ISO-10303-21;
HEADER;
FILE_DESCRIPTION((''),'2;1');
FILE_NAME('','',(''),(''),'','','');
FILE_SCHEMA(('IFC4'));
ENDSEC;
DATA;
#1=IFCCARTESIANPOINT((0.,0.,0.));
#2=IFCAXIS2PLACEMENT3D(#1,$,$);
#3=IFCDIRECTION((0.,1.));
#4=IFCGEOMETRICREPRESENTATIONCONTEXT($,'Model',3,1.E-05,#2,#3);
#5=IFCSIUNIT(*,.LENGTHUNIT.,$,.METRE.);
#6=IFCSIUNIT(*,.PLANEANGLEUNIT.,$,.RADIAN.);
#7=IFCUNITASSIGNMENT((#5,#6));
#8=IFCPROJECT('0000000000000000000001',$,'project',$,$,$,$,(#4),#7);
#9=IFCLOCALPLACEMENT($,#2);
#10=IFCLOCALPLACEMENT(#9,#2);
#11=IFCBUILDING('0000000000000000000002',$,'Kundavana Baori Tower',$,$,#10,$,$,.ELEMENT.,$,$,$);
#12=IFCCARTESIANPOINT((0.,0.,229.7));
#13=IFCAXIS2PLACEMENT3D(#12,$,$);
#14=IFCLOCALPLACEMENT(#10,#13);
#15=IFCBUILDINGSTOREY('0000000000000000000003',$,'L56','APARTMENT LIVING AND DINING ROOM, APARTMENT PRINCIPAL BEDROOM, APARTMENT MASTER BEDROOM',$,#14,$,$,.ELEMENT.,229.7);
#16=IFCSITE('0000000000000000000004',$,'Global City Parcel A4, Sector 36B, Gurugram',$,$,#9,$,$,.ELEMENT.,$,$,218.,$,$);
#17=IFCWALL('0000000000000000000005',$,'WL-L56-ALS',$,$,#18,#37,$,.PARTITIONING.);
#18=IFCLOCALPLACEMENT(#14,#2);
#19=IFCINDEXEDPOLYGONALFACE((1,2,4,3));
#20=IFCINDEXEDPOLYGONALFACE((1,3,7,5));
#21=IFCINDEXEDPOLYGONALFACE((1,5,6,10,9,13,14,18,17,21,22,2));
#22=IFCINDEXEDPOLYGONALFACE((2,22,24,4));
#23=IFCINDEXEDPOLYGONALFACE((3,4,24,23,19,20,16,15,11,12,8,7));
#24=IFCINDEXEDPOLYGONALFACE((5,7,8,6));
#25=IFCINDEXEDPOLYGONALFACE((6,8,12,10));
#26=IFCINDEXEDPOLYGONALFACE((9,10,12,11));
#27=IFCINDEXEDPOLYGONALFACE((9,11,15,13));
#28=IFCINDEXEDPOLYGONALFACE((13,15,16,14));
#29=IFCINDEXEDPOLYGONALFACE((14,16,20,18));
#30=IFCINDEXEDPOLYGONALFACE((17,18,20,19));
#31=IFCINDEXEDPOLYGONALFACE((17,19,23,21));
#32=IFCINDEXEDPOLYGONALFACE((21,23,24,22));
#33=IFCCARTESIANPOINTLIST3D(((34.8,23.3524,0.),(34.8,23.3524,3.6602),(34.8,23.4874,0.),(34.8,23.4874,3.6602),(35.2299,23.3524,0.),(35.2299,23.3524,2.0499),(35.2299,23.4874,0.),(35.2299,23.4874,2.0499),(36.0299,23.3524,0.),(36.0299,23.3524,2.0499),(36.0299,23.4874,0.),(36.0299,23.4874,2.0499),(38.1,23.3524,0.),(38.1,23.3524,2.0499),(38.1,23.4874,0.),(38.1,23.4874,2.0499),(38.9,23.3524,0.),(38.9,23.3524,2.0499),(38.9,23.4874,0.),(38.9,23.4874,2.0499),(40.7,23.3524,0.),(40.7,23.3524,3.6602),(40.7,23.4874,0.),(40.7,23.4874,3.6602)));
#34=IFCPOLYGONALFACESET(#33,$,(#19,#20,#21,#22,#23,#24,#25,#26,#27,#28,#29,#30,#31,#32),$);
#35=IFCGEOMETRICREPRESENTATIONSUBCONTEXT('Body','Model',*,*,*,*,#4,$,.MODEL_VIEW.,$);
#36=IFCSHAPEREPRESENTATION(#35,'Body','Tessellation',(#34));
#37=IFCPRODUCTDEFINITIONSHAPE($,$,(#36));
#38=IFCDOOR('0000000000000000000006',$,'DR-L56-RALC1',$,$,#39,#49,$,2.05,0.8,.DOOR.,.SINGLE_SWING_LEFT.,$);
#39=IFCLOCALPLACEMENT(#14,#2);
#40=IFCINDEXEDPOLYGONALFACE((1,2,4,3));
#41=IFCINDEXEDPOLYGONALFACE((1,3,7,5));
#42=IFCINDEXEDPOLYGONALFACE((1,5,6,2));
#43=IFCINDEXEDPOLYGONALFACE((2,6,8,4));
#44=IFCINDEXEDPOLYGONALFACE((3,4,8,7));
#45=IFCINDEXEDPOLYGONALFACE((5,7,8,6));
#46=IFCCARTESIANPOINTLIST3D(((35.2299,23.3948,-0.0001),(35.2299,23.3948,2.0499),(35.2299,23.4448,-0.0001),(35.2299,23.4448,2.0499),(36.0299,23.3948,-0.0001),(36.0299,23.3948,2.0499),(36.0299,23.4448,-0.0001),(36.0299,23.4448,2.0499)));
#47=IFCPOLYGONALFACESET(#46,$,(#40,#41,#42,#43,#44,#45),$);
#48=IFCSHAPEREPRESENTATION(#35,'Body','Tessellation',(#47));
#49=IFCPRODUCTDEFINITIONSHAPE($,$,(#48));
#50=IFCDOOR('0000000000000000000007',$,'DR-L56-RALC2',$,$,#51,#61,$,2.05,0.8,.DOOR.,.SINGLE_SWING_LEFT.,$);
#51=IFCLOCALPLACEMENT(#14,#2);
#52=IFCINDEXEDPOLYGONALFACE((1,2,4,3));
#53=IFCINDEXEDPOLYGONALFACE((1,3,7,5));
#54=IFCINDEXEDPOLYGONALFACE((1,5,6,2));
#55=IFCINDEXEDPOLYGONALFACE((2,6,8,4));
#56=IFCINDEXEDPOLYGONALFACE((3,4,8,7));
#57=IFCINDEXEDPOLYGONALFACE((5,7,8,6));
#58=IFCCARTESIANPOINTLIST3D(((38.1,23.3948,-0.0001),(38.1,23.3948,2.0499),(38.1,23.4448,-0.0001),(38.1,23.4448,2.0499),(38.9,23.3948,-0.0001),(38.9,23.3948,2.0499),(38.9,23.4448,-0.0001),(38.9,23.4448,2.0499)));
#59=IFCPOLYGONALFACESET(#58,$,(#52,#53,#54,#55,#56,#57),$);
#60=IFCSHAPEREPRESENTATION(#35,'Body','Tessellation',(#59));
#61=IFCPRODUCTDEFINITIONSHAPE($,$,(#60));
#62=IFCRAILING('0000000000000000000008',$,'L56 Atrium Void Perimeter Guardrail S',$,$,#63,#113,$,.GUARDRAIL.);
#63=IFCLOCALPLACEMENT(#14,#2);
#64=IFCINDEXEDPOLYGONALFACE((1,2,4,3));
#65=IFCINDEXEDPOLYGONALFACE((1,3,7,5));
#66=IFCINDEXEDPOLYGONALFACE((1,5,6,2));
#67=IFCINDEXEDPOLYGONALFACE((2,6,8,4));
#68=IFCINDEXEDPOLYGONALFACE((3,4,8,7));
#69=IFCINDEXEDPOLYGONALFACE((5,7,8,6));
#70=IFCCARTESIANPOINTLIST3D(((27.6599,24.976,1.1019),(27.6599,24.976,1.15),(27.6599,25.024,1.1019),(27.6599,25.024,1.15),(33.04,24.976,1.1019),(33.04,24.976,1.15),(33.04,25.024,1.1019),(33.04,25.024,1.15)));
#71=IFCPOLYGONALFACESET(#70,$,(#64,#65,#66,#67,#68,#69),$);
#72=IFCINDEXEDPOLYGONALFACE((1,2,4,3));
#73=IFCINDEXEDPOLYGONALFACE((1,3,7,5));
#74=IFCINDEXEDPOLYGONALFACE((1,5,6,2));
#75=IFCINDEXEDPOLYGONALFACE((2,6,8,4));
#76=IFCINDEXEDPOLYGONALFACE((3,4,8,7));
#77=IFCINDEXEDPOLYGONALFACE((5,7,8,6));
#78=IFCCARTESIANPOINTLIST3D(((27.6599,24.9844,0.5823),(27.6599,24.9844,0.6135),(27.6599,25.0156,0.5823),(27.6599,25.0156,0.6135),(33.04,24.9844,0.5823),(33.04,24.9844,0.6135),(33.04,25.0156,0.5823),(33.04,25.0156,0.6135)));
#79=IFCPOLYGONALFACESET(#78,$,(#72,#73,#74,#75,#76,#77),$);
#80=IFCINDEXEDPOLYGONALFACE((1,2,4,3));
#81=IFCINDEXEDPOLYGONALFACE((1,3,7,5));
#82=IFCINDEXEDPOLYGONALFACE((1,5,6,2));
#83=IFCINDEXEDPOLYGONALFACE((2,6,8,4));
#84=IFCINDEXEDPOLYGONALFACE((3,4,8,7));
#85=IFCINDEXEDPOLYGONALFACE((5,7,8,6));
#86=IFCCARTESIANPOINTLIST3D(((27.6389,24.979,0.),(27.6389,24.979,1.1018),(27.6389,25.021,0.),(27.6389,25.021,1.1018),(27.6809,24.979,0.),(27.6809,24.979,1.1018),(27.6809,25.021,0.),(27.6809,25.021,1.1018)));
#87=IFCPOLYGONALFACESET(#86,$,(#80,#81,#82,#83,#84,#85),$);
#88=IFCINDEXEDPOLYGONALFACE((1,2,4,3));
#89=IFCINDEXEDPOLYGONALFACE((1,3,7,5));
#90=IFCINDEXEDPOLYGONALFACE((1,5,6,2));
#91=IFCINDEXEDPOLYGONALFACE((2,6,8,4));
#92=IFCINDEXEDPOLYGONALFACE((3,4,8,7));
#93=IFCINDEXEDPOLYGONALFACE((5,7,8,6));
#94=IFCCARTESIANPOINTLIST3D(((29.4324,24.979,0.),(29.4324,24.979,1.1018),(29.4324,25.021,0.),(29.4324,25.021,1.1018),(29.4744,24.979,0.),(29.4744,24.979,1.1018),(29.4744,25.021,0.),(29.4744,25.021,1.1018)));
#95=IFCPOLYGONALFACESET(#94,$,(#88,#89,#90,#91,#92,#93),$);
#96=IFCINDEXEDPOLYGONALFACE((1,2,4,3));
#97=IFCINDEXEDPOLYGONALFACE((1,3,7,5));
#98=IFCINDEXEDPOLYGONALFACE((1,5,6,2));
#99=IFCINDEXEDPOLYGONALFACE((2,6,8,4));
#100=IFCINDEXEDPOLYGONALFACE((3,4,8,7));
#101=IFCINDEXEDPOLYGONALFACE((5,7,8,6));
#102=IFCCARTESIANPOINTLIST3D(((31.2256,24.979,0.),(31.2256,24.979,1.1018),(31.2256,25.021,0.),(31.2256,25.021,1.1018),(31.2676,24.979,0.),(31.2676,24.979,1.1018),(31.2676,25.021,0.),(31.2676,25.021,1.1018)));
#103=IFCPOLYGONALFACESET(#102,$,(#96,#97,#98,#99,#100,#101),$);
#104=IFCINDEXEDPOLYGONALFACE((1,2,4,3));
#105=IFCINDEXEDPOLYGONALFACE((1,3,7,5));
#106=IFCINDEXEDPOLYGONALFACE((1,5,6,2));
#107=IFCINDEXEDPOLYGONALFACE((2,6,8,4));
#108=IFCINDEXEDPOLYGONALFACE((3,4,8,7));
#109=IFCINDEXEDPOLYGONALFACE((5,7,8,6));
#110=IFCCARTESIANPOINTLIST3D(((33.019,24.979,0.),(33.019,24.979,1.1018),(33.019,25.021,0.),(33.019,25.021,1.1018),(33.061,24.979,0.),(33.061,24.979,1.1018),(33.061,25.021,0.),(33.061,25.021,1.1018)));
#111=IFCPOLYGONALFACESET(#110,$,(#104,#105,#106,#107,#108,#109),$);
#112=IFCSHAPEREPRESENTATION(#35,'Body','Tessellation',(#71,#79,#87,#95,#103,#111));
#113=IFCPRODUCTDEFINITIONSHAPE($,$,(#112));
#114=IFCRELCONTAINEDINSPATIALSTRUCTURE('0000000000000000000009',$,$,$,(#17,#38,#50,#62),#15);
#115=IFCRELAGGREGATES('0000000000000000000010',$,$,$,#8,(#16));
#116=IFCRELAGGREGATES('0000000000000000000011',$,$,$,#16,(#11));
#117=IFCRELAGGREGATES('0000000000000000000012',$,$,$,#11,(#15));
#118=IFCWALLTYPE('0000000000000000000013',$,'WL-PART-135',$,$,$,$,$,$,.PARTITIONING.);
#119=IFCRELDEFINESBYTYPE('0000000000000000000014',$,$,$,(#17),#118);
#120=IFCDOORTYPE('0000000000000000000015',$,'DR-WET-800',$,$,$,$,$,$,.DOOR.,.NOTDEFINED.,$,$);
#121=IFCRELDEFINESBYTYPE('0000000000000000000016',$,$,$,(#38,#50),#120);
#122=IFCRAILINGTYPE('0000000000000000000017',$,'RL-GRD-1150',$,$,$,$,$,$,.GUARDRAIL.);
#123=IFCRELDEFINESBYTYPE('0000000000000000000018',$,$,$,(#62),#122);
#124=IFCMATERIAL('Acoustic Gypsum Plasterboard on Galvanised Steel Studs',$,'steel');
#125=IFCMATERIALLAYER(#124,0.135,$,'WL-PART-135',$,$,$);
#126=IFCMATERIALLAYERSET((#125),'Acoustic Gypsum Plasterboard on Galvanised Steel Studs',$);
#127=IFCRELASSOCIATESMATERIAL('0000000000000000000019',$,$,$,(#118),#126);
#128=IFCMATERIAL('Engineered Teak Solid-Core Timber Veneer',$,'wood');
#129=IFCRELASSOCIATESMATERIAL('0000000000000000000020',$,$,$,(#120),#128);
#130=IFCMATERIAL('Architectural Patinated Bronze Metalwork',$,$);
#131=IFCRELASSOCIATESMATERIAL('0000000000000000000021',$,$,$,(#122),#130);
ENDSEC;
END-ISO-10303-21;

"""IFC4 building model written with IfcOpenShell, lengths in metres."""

from ifc_helpers import new_model, si_unit, direction, frame, frame_2d, origin, origin_2d, place, context, subcontext, project, spatial, rectangle, extrude, material, layer, layer_set, type_object, element, fill, save


model = new_model("IFC4")

# Units and contexts
model_context = context("Model", 3, precision=1e-05, world=origin(), true_north=direction((0.0, 1.0)))
body_context = subcontext(model_context, "Body", "Model", "MODEL_VIEW")
ifc_project = project(units=[si_unit("LENGTHUNIT", "METRE"), si_unit("PLANEANGLEUNIT", "RADIAN")], contexts=[model_context])

# Site, building, storey
site_placement = place(None, origin())
site = spatial("IfcSite", under=ifc_project, at=site_placement, Name="Global City Parcel A4, Sector 36B, Gurugram", CompositionType="ELEMENT", RefElevation=218.0)
building_placement = place(site_placement, origin())
building = spatial("IfcBuilding", under=site, at=building_placement, Name="Kundavana Baori Tower", CompositionType="ELEMENT")
storey_placement = place(building_placement, frame((0.0, 0.0, 229.7)))
storey = spatial("IfcBuildingStorey", under=building, at=storey_placement, Name="L56", Description="APARTMENT LIVING AND DINING ROOM, APARTMENT PRINCIPAL BEDROOM, APARTMENT MASTER BEDROOM", CompositionType="ELEMENT", Elevation=229.7)

# Shared definitions
ifc_material_1 = material(Name="Acoustic Gypsum Plasterboard on Galvanised Steel Studs", Category="steel")
ifc_layer = layer(ifc_material_1, 0.135, Name="WL-PART-135")
ifc_layer_set = layer_set([ifc_layer], Name="Acoustic Gypsum Plasterboard on Galvanised Steel Studs")
wall_type = type_object("IfcWallType", Name="WL-PART-135", PredefinedType="PARTITIONING", material=ifc_layer_set)

# Wall, openings, doors
wall_1_placement = place(storey_placement, frame((34.8, 23.4199, 0.0), z_axis=(0.0, 0.0, 1.0), x_axis=(1.0, 0.0, 0.0)))
wall_1 = element("IfcWall", 1, at=wall_1_placement, inside=storey, type_object=wall_type, Name="WL-L56-ALS", PredefinedType="PARTITIONING", context=body_context, shape_type="SweptSolid", body=[
    extrude(rectangle(XDim=5.8999, YDim=0.135, at=frame_2d((2.95, 0.0))), origin(), (0.0, 0.0, 1.0), 3.6602),
])
opening_1_placement = place(wall_1_placement, frame((0.4299, 0.0, 0.0)))
opening_1 = element("IfcOpeningElement", 2, at=opening_1_placement, cuts=wall_1, PredefinedType="OPENING", context=body_context, shape_type="SweptSolid", body=[
    extrude(rectangle(XDim=0.8, YDim=2.05, at=frame_2d((0.3999, 1.0249))), frame((0.0, 0.0776, 0.0), z_axis=(0.0, -1.0, 0.0), x_axis=(1.0, 0.0, 0.0)), (0.0, 0.0, 1.0), 0.155),
])
opening_2_placement = place(wall_1_placement, frame((3.3, 0.0, 0.0)))
opening_2 = element("IfcOpeningElement", 3, at=opening_2_placement, cuts=wall_1, PredefinedType="OPENING", context=body_context, shape_type="SweptSolid", body=[
    extrude(rectangle(XDim=0.8, YDim=2.05, at=frame_2d((0.3999, 1.0249))), frame((0.0, 0.0776, 0.0), z_axis=(0.0, -1.0, 0.0), x_axis=(1.0, 0.0, 0.0)), (0.0, 0.0, 1.0), 0.155),
])
ifc_material_2 = material(Name="Engineered Teak Solid-Core Timber Veneer", Category="wood")
door_type_1 = type_object("IfcDoorType", Name="DR-WET-800", OperationType="NOTDEFINED", PredefinedType="DOOR", material=ifc_material_2)
door_1_placement = place(opening_1_placement, origin())
door_1 = element("IfcDoor", 4, at=door_1_placement, inside=storey, type_object=door_type_1, Name="DR-L56-RALC1", OperationType="SINGLE_SWING_LEFT", OverallHeight=2.05, OverallWidth=0.8, PredefinedType="DOOR", context=body_context, shape_type="SweptSolid", body=[
    extrude(rectangle(XDim=0.8, YDim=2.05, at=frame_2d((0.3999, 1.0249))), frame((0.0, 0.0249, 0.0), z_axis=(0.0, -1.0, 0.0), x_axis=(1.0, 0.0, 0.0)), (0.0, 0.0, 1.0), 0.05),
])
fill(opening_1, door_1)
door_2_placement = place(opening_2_placement, origin())
door_2 = element("IfcDoor", 5, at=door_2_placement, inside=storey, type_object=door_type_1, Name="DR-L56-RALC2", OperationType="SINGLE_SWING_LEFT", OverallHeight=2.05, OverallWidth=0.8, PredefinedType="DOOR", context=body_context, shape_type="SweptSolid", body=[
    extrude(rectangle(XDim=0.8, YDim=2.05, at=frame_2d((0.3999, 1.0249))), frame((0.0, 0.0249, 0.0), z_axis=(0.0, -1.0, 0.0), x_axis=(1.0, 0.0, 0.0)), (0.0, 0.0, 1.0), 0.05),
])
fill(opening_2, door_2)

# Railing
ifc_material_3 = material(Name="Architectural Patinated Bronze Metalwork")
railing_type = type_object("IfcRailingType", Name="RL-GRD-1150", PredefinedType="GUARDRAIL", material=ifc_material_3)
railing_placement = place(storey_placement, frame((27.6599, 25.0, 0.0)))
element("IfcRailing", 6, at=railing_placement, inside=storey, type_object=railing_type, Name="L56 Atrium Void Perimeter Guardrail S", PredefinedType="GUARDRAIL", context=body_context, shape_type="SweptSolid", body=[
    extrude(rectangle(XDim=0.0481, YDim=0.0481, at=origin_2d()), frame((0.0, 0.0, 1.126), z_axis=(1.0, 0.0, 0.0), x_axis=(0.0, 1.0, 0.0)), (0.0, 0.0, 1.0), 5.3801),
    extrude(rectangle(XDim=0.0312, YDim=0.0312, at=origin_2d()), frame((0.0, 0.0, 0.5979), z_axis=(1.0, 0.0, 0.0), x_axis=(0.0, 1.0, 0.0)), (0.0, 0.0, 1.0), 5.3801),
    extrude(rectangle(XDim=0.042, YDim=0.042, at=origin_2d()), origin(), (0.0, 0.0, 1.0), 1.1018),
    extrude(rectangle(XDim=0.042, YDim=0.042, at=origin_2d()), frame((1.7935, 0.0, 0.0)), (0.0, 0.0, 1.0), 1.1018),
    extrude(rectangle(XDim=0.042, YDim=0.042, at=origin_2d()), frame((3.5867, 0.0, 0.0)), (0.0, 0.0, 1.0), 1.1018),
    extrude(rectangle(XDim=0.042, YDim=0.042, at=origin_2d()), frame((5.3801, 0.0, 0.0)), (0.0, 0.0, 1.0), 1.1018),
])

save(model, "model.ifc")
